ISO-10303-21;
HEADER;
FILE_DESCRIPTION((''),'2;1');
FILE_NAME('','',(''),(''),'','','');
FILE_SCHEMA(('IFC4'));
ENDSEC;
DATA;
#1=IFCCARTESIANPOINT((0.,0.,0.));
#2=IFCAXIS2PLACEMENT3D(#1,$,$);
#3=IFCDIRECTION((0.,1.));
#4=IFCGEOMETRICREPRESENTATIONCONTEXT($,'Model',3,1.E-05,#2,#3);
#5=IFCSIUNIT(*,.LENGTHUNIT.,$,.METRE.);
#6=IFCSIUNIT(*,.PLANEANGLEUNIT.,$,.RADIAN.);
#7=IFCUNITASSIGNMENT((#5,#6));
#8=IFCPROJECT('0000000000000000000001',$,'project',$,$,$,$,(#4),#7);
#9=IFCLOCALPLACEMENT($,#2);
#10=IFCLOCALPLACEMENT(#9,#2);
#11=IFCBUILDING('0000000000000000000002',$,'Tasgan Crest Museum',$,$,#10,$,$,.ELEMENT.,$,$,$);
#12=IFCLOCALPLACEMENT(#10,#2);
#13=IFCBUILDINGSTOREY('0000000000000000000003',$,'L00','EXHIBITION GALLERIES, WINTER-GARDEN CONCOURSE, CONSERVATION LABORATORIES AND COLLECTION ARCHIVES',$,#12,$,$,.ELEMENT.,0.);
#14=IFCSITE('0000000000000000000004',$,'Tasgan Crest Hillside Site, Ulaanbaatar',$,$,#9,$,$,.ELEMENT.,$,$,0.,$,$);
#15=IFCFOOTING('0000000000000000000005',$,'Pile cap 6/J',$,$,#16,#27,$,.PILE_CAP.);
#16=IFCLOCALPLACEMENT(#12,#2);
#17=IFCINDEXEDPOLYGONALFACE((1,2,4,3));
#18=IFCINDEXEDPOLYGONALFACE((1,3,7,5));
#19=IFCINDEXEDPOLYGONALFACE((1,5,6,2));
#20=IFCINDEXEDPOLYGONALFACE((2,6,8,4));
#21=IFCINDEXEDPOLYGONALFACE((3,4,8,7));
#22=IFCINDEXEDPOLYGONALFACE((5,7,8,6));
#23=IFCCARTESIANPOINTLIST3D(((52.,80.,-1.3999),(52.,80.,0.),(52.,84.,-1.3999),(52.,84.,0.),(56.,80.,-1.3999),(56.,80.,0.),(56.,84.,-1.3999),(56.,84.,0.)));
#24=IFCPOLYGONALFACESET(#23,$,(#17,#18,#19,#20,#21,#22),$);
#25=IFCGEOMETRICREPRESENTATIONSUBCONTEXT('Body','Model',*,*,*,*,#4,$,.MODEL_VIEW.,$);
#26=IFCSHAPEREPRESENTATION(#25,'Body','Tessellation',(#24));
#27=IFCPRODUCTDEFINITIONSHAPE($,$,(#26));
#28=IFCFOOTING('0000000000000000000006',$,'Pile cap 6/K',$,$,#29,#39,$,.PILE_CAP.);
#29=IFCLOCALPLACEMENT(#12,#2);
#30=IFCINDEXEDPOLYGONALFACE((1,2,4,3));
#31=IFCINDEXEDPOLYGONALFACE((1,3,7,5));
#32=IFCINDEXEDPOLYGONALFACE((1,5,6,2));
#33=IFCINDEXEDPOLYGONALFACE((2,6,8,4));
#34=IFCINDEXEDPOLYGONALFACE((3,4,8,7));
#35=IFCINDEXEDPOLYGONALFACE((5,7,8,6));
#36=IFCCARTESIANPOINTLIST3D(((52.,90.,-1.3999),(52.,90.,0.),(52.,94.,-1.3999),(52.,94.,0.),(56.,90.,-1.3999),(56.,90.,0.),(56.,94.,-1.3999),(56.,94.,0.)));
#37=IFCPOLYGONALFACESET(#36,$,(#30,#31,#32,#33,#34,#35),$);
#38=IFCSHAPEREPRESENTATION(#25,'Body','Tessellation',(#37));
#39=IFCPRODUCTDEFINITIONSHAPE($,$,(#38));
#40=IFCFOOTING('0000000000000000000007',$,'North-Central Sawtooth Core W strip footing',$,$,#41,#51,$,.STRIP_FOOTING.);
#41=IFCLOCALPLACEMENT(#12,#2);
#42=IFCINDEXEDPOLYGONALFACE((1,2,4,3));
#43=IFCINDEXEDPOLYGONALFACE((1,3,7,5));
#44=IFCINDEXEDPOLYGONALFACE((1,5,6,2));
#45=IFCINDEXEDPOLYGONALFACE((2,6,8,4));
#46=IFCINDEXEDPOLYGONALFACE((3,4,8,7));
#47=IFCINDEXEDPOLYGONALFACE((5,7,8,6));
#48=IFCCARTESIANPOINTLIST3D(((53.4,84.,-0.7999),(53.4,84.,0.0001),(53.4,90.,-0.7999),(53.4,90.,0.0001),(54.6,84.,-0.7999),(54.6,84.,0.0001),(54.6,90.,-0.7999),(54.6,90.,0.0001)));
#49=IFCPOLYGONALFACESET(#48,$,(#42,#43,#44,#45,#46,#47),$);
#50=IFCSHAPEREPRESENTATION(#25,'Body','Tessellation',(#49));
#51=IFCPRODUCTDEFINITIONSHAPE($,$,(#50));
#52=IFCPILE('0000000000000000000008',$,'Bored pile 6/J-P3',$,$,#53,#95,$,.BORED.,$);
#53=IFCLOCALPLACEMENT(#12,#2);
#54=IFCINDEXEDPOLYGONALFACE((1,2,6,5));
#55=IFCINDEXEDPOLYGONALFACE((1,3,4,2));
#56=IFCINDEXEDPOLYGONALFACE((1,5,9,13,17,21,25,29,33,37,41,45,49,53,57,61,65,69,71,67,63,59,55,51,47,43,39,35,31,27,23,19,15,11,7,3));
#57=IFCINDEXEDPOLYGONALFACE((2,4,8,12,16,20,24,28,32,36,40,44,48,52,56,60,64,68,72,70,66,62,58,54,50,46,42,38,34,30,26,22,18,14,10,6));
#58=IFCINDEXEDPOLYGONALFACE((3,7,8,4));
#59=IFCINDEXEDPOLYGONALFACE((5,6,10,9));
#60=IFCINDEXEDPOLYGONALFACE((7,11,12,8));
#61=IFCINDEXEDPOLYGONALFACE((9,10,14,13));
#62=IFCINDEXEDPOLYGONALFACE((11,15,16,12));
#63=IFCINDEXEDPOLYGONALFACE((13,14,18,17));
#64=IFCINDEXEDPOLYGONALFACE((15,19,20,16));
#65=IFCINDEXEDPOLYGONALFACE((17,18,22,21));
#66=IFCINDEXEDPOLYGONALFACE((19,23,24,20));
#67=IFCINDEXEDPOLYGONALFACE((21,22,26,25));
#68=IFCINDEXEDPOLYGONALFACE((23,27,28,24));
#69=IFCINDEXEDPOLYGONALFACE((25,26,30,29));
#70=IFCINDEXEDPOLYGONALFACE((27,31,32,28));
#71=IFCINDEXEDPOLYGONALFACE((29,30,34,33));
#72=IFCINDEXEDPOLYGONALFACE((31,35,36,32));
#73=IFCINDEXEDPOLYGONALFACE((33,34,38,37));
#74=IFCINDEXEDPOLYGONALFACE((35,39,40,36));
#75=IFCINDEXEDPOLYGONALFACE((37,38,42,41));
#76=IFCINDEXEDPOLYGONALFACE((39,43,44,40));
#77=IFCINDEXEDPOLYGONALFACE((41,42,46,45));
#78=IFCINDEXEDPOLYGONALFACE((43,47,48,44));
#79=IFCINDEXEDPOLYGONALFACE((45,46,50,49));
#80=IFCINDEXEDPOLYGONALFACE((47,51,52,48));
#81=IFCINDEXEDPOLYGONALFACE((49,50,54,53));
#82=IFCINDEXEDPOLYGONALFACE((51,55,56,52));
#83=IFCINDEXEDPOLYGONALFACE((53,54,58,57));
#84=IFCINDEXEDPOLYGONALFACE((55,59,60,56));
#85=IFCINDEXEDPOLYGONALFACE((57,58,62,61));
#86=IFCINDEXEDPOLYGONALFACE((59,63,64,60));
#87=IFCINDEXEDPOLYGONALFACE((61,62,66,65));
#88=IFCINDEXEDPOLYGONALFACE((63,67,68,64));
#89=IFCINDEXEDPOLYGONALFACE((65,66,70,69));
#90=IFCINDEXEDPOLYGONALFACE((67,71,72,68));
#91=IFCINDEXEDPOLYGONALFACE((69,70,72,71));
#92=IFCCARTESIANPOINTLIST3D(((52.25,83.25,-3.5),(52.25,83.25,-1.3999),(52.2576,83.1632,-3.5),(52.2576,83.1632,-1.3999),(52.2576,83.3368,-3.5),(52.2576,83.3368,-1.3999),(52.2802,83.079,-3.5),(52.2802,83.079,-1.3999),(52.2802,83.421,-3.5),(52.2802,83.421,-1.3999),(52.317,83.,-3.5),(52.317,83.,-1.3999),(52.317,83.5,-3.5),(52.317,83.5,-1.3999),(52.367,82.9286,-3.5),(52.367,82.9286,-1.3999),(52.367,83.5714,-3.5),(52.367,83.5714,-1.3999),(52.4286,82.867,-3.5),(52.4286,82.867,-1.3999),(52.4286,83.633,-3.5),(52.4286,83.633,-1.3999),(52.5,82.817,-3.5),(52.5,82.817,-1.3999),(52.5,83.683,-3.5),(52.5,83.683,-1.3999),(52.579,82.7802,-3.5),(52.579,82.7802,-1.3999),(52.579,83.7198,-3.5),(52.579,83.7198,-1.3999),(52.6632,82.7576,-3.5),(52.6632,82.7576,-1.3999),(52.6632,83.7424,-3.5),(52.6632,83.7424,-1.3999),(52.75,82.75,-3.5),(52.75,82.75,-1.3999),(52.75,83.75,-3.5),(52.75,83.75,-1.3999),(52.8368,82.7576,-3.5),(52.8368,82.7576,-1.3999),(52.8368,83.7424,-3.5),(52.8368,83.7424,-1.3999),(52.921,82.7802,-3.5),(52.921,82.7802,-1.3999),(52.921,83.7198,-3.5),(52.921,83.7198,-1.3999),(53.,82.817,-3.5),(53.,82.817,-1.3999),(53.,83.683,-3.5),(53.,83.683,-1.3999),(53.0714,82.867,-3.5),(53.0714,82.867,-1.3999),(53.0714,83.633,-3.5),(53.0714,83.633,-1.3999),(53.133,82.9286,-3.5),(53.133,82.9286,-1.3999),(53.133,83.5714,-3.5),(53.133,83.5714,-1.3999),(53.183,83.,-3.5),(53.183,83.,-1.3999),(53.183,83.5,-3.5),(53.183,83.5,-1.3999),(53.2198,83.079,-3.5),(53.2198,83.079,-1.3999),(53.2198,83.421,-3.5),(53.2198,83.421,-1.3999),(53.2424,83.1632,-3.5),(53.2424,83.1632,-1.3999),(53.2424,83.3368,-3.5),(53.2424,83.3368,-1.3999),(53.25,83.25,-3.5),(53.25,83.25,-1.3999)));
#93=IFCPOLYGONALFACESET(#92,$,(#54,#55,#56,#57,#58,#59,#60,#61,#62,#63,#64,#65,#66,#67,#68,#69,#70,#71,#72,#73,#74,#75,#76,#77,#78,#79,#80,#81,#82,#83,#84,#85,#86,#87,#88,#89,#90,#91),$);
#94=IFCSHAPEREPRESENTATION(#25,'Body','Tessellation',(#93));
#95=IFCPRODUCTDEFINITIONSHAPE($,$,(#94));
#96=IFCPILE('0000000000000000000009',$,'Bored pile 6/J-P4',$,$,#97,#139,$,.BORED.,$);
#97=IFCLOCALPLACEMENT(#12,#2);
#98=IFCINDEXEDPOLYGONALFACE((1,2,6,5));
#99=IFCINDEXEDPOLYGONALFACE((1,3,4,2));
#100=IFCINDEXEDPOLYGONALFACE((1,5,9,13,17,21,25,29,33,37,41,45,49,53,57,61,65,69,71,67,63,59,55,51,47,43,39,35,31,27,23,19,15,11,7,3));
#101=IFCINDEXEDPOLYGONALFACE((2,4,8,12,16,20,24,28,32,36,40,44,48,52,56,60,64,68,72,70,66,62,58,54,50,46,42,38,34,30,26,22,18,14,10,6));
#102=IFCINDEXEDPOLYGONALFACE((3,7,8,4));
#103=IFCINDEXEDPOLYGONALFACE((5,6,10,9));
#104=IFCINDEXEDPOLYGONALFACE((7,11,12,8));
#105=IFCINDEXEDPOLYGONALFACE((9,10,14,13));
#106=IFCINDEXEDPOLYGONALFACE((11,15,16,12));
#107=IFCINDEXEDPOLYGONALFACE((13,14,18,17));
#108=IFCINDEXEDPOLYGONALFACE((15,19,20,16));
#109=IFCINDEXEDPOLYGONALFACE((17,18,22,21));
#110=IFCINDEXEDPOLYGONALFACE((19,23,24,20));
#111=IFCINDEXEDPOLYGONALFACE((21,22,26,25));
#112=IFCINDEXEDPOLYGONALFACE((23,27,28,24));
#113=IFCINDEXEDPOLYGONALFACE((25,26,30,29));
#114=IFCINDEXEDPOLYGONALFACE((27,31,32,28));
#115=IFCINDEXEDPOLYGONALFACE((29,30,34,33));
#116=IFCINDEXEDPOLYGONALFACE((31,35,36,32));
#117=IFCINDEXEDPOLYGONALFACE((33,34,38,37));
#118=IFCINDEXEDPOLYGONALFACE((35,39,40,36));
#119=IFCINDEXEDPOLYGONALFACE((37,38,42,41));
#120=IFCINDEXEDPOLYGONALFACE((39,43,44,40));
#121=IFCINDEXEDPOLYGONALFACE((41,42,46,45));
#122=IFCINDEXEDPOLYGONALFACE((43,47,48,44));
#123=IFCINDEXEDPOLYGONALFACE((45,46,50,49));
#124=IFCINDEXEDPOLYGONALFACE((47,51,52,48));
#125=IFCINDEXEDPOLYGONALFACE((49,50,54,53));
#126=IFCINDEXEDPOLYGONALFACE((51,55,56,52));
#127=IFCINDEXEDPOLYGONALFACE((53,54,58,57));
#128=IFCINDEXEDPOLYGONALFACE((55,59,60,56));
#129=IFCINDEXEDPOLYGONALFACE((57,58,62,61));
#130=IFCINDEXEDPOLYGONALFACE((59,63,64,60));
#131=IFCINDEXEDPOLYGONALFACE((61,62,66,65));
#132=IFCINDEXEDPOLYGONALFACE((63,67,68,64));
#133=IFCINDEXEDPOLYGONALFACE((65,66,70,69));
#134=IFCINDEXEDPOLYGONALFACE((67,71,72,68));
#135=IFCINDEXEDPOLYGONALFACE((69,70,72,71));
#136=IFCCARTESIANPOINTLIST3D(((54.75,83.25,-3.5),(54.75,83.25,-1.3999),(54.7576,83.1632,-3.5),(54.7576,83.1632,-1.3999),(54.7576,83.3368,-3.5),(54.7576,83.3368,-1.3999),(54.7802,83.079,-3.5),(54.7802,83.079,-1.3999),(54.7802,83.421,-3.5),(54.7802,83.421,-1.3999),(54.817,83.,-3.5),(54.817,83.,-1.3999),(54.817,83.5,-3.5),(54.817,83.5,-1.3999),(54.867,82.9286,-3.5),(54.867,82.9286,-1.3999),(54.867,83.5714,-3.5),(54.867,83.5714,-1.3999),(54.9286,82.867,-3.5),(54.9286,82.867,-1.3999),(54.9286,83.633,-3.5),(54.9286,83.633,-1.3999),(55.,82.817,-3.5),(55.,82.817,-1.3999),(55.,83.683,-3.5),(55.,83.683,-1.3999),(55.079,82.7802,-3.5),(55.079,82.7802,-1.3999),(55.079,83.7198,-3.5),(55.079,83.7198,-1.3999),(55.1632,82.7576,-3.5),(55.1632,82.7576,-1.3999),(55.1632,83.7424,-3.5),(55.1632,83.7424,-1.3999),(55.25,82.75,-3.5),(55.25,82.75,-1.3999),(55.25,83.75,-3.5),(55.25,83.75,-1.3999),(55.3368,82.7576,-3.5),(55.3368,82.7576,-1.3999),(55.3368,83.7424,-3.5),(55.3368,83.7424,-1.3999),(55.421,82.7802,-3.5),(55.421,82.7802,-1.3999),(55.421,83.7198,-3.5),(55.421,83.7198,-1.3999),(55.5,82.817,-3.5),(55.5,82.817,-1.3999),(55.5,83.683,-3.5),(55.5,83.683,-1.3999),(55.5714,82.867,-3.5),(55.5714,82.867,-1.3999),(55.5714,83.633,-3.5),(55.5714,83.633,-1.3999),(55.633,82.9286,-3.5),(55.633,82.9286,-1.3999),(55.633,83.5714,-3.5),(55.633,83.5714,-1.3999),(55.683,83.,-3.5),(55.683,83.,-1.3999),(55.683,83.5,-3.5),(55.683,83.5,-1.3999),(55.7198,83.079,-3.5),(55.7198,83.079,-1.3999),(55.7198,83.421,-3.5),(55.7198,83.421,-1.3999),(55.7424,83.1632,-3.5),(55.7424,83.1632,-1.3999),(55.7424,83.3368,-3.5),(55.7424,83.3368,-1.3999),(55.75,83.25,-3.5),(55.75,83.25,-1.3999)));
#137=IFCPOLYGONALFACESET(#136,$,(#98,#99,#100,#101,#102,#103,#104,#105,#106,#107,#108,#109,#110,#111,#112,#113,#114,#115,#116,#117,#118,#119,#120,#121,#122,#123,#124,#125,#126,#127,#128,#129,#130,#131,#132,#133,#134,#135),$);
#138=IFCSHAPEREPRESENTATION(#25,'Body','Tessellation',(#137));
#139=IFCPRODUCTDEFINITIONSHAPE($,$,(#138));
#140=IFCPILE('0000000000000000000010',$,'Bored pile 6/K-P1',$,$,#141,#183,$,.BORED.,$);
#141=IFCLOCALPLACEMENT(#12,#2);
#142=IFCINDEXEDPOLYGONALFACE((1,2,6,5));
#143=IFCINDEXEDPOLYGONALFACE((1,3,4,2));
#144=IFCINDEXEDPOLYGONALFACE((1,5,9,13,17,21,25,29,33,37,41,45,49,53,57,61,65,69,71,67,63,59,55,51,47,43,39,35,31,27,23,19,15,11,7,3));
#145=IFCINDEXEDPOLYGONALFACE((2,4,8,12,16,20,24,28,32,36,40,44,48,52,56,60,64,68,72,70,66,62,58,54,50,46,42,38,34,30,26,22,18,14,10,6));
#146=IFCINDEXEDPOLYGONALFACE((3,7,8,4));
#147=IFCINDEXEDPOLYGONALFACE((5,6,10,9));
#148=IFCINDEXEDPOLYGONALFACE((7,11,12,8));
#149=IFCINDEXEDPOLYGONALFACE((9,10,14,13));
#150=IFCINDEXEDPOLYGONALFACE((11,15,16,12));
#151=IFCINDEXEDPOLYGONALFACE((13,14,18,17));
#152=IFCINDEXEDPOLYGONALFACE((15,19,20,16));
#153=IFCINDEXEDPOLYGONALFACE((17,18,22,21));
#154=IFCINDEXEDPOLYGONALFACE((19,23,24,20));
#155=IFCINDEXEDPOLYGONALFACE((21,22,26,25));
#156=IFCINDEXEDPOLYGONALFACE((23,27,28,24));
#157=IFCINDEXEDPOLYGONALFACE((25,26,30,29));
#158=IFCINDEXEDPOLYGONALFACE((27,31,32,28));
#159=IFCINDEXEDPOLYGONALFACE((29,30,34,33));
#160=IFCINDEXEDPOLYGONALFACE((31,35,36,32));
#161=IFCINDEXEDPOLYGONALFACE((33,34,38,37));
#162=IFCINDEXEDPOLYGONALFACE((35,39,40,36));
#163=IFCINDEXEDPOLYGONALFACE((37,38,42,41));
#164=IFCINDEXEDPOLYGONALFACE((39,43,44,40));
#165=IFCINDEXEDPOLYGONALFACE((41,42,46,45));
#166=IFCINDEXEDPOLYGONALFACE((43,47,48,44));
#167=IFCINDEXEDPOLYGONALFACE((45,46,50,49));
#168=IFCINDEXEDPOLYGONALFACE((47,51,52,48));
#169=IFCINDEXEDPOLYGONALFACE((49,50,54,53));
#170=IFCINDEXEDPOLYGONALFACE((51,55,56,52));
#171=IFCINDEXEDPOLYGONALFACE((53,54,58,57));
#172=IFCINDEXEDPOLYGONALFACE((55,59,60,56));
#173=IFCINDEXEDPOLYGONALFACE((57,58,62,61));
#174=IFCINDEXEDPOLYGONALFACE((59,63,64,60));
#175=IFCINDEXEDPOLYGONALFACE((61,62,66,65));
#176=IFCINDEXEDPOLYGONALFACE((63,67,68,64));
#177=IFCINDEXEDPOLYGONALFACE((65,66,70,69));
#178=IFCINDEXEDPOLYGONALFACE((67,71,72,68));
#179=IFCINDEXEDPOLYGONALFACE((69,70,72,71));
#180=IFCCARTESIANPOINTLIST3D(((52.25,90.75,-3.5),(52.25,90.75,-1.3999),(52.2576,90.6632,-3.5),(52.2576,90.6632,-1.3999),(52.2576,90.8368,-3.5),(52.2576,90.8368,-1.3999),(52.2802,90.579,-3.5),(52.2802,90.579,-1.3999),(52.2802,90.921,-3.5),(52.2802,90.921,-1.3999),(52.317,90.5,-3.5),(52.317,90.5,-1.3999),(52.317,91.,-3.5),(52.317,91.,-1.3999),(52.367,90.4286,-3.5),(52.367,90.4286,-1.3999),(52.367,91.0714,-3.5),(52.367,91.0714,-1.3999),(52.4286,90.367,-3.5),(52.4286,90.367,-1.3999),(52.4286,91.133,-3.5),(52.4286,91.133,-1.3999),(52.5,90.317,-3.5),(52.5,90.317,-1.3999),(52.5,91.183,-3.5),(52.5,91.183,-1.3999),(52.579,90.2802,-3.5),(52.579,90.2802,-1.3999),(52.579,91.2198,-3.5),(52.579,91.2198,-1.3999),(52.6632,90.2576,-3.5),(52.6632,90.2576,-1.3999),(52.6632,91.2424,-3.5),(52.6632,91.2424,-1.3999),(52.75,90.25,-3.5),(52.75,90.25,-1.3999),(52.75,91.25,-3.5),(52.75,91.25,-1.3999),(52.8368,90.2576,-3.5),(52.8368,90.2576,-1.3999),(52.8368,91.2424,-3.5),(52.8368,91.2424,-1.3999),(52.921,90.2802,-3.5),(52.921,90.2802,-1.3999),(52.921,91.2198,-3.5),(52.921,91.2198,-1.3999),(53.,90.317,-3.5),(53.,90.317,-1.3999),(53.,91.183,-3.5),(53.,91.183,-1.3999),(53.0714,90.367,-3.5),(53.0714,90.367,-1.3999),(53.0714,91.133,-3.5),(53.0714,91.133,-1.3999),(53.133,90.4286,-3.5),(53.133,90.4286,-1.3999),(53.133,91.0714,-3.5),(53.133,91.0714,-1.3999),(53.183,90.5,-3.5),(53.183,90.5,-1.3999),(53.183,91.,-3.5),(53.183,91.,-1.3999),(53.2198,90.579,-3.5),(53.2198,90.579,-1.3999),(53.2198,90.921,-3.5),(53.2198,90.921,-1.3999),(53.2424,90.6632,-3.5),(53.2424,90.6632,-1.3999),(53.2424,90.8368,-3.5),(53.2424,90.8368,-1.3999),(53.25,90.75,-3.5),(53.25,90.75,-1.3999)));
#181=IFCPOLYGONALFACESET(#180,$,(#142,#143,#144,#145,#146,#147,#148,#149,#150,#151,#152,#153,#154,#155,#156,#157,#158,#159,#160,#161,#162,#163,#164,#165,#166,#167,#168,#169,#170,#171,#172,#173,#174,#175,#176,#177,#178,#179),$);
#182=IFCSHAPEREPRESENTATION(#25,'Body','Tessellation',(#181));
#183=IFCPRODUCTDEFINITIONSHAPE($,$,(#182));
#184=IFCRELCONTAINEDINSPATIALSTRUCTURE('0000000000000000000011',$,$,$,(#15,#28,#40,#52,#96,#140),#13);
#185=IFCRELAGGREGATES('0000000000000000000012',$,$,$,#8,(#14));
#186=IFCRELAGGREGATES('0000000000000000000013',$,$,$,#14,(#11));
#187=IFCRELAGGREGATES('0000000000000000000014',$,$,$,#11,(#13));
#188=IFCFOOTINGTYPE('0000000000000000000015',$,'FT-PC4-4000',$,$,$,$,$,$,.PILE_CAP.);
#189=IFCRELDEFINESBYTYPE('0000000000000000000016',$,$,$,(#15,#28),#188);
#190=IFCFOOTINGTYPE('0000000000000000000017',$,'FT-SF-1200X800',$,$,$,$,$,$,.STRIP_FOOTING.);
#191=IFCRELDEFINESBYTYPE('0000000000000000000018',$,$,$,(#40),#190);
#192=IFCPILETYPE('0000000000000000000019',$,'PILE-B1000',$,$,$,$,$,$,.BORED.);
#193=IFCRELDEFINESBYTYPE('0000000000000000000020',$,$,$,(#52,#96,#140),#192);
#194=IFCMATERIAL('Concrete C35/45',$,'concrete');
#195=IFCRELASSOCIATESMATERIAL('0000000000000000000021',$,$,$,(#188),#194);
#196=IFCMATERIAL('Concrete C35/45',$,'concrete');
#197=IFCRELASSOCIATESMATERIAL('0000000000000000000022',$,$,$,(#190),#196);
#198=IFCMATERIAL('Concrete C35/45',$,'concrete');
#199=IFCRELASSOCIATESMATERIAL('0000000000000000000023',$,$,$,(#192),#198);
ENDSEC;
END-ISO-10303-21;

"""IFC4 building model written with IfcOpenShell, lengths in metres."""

from ifc_helpers import new_model, si_unit, direction, frame, origin, origin_2d, place, context, subcontext, project, spatial, rectangle, circle, extrude, material, material_profile, profile_set, type_object, element, save


model = new_model("IFC4")

# Units and contexts
model_context = context("Model", 3, precision=1e-05, world=origin(), true_north=direction((0.0, 1.0)))
body_context = subcontext(model_context, "Body", "Model", "MODEL_VIEW")
ifc_project = project(units=[si_unit("LENGTHUNIT", "METRE"), si_unit("PLANEANGLEUNIT", "RADIAN")], contexts=[model_context])

# Site, building, storey
site_placement = place(None, origin())
site = spatial("IfcSite", under=ifc_project, at=site_placement, Name="Tasgan Crest Hillside Site, Ulaanbaatar", CompositionType="ELEMENT", RefElevation=0.0)
building_placement = place(site_placement, origin())
building = spatial("IfcBuilding", under=site, at=building_placement, Name="Tasgan Crest Museum", CompositionType="ELEMENT")
storey_placement = place(building_placement, origin())
storey = spatial("IfcBuildingStorey", under=building, at=storey_placement, Name="L00", Description="EXHIBITION GALLERIES, WINTER-GARDEN CONCOURSE, CONSERVATION LABORATORIES AND COLLECTION ARCHIVES", CompositionType="ELEMENT", Elevation=0.0)

# Footings
ifc_material_1 = material(Name="Concrete C35/45", Category="concrete")
footing_type_1 = type_object("IfcFootingType", Name="FT-PC4-4000", PredefinedType="PILE_CAP", material=ifc_material_1)
for number, where, z_axis, x_axis, name in (
    (1, (54.0, 82.0, -1.3999), (0.0, 0.0, 1.0), (1.0, 0.0, 0.0), "Pile cap 6/J"),
    (2, (54.0, 92.0, -1.3999), (0.0, 0.0, 1.0), (1.0, 0.0, 0.0), "Pile cap 6/K"),
):
    element("IfcFooting", number, at=place(storey_placement, frame(where, z_axis=z_axis, x_axis=x_axis)), inside=storey, type_object=footing_type_1, Name=name, PredefinedType="PILE_CAP", context=body_context, shape_type="SweptSolid", body=[
        extrude(rectangle(XDim=4.0, YDim=4.0, at=origin_2d()), origin(), (0.0, 0.0, 1.0), 1.3999),
    ])
ifc_material_2 = material(Name="Concrete C35/45", Category="concrete")
ifc_material_profile_1 = material_profile(ifc_material_2, rectangle(XDim=1.2, YDim=0.8, at=origin_2d()), Name="SF 1200x800")
ifc_profile_set_1 = profile_set([ifc_material_profile_1], Name="Concrete C35/45")
footing_type_2 = type_object("IfcFootingType", Name="FT-SF-1200X800", PredefinedType="STRIP_FOOTING", material=ifc_profile_set_1)
footing_placement = place(storey_placement, frame((54.0, 84.0, -0.3999), z_axis=(0.0, 1.0, 0.0), x_axis=(-1.0, 0.0, 0.0)))
element("IfcFooting", 3, at=footing_placement, inside=storey, type_object=footing_type_2, Name="North-Central Sawtooth Core W strip footing", PredefinedType="STRIP_FOOTING", context=body_context, shape_type="SweptSolid", body=[
    extrude(rectangle(XDim=1.2, YDim=0.8, at=origin_2d()), origin(), (0.0, 0.0, 1.0), 6.0),
])

# Piles
ifc_material_3 = material(Name="Concrete C35/45", Category="concrete")
ifc_material_profile_2 = material_profile(ifc_material_3, circle(Radius=0.5, at=origin_2d()), Name="PILE D1000")
ifc_profile_set_2 = profile_set([ifc_material_profile_2], Name="Concrete C35/45")
pile_type = type_object("IfcPileType", Name="PILE-B1000", PredefinedType="BORED", material=ifc_profile_set_2)
for number, where, z_axis, x_axis, name in (
    (4, (52.75, 83.25, -1.3999), (0.0, 0.0, -1.0), (1.0, 0.0, 0.0), "Bored pile 6/J-P3"),
    (5, (55.25, 83.25, -1.3999), (0.0, 0.0, -1.0), (1.0, 0.0, 0.0), "Bored pile 6/J-P4"),
    (6, (52.75, 90.75, -1.3999), (0.0, 0.0, -1.0), (1.0, 0.0, 0.0), "Bored pile 6/K-P1"),
):
    element("IfcPile", number, at=place(storey_placement, frame(where, z_axis=z_axis, x_axis=x_axis)), inside=storey, type_object=pile_type, Name=name, PredefinedType="BORED", context=body_context, shape_type="SweptSolid", body=[
        extrude(circle(Radius=0.5, at=origin_2d()), origin(), (0.0, 0.0, 1.0), 2.1001),
    ])

save(model, "model.ifc")
